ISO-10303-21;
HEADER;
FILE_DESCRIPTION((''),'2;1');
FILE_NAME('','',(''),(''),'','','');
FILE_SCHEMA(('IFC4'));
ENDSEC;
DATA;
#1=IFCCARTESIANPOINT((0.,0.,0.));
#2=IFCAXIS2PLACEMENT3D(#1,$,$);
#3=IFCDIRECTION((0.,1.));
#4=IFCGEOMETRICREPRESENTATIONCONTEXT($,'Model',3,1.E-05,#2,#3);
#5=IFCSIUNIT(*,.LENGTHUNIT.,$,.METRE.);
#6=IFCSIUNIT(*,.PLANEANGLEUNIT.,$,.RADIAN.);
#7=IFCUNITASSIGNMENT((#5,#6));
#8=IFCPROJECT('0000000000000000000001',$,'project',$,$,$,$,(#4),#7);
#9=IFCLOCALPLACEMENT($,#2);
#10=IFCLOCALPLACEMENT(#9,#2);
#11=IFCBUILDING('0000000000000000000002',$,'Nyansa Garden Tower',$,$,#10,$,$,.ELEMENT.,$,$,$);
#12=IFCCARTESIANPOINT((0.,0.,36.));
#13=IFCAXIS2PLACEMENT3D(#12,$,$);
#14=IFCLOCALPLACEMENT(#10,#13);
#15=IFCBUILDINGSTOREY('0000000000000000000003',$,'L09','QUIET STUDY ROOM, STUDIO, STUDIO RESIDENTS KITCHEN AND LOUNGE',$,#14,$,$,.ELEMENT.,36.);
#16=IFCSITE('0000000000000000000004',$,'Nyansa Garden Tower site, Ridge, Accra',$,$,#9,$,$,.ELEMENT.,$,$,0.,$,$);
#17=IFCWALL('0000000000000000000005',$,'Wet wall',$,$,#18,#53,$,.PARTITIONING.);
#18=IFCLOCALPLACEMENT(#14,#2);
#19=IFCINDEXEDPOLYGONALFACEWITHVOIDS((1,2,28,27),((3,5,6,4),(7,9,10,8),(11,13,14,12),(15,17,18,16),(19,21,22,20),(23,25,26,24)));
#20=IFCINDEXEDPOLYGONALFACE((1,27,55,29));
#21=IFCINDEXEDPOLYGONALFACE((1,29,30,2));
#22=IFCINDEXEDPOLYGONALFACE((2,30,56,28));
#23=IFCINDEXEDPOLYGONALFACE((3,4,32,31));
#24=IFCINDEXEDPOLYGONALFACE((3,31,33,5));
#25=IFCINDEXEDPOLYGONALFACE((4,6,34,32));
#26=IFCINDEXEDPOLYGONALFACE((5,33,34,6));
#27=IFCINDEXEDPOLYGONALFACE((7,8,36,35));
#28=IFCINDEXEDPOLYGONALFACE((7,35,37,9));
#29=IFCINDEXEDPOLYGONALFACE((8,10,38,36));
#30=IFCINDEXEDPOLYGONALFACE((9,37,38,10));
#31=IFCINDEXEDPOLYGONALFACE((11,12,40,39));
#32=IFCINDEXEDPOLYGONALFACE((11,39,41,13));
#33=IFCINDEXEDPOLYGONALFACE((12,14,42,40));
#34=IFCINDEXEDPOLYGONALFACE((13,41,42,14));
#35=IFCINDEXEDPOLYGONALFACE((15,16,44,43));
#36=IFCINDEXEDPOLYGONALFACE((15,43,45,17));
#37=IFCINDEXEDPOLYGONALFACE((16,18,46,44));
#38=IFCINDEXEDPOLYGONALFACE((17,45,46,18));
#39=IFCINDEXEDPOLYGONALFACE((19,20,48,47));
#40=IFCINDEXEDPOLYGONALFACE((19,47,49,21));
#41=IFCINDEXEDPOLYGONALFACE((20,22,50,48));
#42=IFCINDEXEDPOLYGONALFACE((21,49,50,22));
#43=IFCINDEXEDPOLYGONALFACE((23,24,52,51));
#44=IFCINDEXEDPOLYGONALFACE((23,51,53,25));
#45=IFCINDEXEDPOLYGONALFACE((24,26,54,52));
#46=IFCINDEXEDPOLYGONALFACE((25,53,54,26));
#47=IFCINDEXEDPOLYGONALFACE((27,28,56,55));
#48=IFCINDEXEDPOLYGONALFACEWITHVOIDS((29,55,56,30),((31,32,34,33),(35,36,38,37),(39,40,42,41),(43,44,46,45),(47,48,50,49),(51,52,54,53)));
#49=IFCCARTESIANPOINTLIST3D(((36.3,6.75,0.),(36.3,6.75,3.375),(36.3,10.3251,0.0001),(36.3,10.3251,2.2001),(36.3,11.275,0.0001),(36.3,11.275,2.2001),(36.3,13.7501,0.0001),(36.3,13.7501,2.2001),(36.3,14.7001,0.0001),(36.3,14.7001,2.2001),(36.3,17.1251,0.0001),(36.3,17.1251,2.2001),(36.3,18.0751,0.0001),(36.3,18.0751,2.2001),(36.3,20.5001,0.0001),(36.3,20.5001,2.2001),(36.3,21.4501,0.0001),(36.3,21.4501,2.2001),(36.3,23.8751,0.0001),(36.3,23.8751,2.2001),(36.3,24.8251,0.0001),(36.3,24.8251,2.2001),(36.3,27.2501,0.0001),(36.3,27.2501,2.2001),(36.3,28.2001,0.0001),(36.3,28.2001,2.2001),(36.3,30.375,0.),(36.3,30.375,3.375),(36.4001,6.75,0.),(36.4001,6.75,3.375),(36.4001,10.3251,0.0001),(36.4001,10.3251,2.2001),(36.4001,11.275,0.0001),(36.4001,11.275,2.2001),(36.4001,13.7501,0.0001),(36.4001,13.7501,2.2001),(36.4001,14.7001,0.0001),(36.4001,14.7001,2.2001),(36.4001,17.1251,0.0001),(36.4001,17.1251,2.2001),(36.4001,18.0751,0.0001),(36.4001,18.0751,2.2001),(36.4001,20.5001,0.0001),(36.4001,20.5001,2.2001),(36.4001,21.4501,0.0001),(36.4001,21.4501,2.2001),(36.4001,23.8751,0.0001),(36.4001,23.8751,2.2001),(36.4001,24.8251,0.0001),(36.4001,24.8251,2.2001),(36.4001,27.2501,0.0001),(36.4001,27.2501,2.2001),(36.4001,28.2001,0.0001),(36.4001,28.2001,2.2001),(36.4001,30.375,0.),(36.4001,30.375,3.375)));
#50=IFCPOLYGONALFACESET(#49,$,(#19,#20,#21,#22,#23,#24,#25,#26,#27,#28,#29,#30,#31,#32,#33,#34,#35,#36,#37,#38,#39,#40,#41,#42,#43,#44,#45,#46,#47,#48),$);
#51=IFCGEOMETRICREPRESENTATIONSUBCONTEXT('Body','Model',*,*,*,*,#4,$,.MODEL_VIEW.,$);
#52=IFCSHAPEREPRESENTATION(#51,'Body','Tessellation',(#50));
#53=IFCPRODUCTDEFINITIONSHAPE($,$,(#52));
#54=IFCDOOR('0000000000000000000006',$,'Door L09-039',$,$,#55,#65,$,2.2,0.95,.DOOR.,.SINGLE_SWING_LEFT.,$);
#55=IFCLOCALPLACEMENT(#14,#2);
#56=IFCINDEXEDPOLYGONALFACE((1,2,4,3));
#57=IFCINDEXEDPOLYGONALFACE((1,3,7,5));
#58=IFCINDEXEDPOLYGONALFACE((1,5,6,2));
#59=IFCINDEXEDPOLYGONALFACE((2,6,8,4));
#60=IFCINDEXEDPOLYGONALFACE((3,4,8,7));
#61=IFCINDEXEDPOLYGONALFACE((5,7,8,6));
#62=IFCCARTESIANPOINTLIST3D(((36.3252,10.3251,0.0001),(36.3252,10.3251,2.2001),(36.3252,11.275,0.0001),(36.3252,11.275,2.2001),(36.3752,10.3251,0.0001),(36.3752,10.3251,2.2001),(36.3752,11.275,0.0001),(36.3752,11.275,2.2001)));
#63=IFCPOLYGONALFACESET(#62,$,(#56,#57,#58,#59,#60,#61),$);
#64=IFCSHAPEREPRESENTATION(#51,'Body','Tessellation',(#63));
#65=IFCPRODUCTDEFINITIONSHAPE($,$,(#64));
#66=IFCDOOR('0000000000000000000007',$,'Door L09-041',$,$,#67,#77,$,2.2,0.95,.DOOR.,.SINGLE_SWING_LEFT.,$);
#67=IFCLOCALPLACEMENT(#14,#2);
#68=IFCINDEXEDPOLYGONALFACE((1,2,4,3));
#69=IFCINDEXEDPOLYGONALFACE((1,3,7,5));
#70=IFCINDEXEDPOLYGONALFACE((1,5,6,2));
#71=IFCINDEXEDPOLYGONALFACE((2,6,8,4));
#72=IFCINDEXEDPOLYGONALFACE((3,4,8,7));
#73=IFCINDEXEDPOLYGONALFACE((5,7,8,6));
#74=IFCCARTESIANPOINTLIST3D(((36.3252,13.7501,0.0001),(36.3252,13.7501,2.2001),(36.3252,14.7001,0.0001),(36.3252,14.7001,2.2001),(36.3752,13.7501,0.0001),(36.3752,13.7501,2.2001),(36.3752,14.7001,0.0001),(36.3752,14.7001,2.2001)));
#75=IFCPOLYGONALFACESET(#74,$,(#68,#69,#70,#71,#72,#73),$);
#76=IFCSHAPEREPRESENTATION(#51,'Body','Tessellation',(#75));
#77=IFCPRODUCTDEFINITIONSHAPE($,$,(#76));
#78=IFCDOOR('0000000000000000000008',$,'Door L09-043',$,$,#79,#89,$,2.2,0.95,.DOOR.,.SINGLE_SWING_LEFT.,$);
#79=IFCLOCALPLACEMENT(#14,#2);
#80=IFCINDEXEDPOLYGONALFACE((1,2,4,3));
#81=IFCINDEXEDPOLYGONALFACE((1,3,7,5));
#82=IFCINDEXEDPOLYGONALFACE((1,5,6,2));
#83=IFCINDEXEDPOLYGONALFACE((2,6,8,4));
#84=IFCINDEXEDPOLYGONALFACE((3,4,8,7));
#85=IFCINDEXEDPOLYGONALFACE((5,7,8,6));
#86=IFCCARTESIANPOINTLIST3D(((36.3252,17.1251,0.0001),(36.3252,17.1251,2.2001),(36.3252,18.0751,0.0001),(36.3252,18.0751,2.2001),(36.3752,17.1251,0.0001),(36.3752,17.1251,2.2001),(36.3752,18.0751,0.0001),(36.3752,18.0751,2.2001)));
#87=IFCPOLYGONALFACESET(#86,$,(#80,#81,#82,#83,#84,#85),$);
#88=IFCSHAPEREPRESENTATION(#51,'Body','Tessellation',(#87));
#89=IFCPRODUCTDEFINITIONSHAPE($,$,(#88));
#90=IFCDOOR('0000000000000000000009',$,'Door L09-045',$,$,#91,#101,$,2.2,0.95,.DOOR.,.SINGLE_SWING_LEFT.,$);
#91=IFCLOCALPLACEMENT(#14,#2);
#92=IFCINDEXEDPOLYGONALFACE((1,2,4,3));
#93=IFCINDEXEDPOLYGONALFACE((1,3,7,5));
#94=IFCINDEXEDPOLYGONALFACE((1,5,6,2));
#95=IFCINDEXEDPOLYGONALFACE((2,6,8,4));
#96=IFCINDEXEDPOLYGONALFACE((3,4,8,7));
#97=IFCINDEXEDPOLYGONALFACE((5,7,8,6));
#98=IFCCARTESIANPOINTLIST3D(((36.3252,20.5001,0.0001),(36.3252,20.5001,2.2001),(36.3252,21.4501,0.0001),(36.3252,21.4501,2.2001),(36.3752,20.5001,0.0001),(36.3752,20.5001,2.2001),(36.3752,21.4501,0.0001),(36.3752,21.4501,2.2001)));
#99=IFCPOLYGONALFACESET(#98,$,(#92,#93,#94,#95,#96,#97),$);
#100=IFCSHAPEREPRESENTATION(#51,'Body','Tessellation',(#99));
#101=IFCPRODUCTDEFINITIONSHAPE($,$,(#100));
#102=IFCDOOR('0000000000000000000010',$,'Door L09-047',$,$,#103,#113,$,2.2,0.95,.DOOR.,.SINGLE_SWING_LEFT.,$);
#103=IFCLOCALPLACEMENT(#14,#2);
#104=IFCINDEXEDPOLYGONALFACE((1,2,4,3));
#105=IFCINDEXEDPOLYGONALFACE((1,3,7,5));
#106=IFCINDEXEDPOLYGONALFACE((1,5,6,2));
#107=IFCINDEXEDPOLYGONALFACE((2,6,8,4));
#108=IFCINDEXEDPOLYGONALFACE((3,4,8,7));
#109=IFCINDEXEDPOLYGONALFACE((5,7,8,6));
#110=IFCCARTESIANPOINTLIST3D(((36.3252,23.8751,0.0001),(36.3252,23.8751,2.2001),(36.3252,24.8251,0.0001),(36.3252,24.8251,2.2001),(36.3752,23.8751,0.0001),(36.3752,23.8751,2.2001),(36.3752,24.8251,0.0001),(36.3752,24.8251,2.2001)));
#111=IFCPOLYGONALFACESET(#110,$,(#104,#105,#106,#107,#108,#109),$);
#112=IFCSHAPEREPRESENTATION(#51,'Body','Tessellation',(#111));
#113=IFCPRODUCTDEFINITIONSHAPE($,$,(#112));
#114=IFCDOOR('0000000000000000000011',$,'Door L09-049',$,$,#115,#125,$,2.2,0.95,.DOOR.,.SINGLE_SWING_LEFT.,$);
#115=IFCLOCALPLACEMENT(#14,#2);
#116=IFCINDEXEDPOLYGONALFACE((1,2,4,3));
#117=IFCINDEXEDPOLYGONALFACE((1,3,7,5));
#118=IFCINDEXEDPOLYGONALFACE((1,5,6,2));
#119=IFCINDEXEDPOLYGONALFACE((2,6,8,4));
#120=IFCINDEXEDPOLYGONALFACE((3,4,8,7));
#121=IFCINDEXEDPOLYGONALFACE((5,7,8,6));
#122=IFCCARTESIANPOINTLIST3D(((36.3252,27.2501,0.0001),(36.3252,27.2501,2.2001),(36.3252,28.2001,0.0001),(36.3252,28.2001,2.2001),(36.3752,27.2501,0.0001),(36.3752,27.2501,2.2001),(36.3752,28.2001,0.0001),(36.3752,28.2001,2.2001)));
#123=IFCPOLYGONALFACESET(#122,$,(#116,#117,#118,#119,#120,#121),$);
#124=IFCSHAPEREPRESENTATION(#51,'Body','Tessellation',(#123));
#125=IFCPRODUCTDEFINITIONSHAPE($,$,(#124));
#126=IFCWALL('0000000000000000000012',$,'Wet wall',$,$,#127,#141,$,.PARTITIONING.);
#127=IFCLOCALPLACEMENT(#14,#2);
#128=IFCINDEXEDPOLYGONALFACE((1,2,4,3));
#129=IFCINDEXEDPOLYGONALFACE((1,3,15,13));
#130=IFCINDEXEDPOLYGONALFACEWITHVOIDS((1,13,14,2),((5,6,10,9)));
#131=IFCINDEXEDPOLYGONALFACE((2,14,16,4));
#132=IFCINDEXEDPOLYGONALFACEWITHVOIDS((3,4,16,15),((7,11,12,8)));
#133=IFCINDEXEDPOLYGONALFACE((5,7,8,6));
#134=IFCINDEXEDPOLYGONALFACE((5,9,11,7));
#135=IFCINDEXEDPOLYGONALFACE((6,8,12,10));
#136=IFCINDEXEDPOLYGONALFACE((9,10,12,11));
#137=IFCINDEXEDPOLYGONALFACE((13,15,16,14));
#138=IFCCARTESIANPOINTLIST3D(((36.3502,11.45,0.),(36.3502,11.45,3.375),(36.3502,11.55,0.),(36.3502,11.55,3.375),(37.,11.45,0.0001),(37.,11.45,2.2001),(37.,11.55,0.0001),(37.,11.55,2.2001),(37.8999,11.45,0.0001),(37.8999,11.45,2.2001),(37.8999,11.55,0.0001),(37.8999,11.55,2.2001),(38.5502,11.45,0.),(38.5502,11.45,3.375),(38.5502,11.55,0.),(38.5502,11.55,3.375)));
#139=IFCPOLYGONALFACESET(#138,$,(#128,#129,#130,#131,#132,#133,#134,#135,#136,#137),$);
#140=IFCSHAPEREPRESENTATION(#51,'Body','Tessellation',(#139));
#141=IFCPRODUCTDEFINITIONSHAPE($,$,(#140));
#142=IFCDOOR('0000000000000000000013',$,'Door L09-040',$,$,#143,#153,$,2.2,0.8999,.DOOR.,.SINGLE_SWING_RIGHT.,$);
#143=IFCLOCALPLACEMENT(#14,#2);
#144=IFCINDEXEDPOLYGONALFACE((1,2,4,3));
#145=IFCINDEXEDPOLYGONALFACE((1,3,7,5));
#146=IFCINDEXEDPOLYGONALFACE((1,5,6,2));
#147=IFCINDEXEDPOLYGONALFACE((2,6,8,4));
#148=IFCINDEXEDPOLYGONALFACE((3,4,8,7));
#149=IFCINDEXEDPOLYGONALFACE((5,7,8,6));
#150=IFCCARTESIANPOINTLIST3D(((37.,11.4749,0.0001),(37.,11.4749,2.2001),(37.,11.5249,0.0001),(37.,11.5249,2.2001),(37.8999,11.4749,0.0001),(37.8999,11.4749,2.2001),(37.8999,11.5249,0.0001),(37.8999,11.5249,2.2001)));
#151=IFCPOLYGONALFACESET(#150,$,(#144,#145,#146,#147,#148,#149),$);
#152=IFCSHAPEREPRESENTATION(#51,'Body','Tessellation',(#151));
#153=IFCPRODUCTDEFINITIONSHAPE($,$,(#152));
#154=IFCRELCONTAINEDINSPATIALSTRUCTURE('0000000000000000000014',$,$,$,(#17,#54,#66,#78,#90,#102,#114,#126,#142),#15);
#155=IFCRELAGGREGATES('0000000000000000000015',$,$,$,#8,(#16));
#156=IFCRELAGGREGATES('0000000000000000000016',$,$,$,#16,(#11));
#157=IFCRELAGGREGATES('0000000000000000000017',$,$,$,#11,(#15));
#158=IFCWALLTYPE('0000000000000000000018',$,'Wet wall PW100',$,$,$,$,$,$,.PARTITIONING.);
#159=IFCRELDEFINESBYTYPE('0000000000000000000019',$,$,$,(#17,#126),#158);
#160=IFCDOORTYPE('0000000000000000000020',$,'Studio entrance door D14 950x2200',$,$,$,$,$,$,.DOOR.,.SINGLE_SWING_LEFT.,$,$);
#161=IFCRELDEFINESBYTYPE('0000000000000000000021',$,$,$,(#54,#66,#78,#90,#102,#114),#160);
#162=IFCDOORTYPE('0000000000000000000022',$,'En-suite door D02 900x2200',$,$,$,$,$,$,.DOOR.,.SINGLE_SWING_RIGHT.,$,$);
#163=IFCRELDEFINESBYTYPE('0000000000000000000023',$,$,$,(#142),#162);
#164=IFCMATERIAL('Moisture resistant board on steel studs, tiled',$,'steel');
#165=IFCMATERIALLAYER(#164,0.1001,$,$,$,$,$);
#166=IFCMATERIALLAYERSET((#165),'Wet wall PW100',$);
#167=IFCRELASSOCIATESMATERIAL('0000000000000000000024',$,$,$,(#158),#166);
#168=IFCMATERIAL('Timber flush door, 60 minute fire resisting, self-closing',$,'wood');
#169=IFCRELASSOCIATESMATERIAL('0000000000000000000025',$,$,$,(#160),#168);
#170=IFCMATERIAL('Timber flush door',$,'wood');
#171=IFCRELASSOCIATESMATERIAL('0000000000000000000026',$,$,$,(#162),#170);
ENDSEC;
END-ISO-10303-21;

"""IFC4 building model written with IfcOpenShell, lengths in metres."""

from ifc_helpers import new_model, si_unit, direction, frame, frame_2d, origin, place, context, subcontext, project, spatial, rectangle, extrude, material, layer, layer_set, type_object, element, fill, save


model = new_model("IFC4")

# Units and contexts
model_context = context("Model", 3, precision=1e-05, world=origin(), true_north=direction((0.0, 1.0)))
body_context = subcontext(model_context, "Body", "Model", "MODEL_VIEW")
ifc_project = project(units=[si_unit("LENGTHUNIT", "METRE"), si_unit("PLANEANGLEUNIT", "RADIAN")], contexts=[model_context])

# Site, building, storey
site_placement = place(None, origin())
site = spatial("IfcSite", under=ifc_project, at=site_placement, Name="Nyansa Garden Tower site, Ridge, Accra", CompositionType="ELEMENT", RefElevation=0.0)
building_placement = place(site_placement, origin())
building = spatial("IfcBuilding", under=site, at=building_placement, Name="Nyansa Garden Tower", CompositionType="ELEMENT")
storey_placement = place(building_placement, frame((0.0, 0.0, 36.0)))
storey = spatial("IfcBuildingStorey", under=building, at=storey_placement, Name="L09", Description="QUIET STUDY ROOM, STUDIO, STUDIO RESIDENTS KITCHEN AND LOUNGE", CompositionType="ELEMENT", Elevation=36.0)

# Wall, openings, doors
ifc_material_1 = material(Name="Moisture resistant board on steel studs, tiled", Category="steel")
ifc_layer_1 = layer(ifc_material_1, 0.1001)
ifc_layer_set_1 = layer_set([ifc_layer_1], Name="Wet wall PW100")
wall_type_1 = type_object("IfcWallType", Name="Wet wall PW100", PredefinedType="PARTITIONING", material=ifc_layer_set_1)
wall_1_placement = place(storey_placement, frame((36.3501, 6.75, 0.0), z_axis=(0.0, 0.0, 1.0), x_axis=(0.0, 1.0, 0.0)))
wall_1 = element("IfcWall", 1, at=wall_1_placement, inside=storey, type_object=wall_type_1, Name="Wet wall", PredefinedType="PARTITIONING", context=body_context, shape_type="SweptSolid", body=[
    extrude(rectangle(XDim=23.625, YDim=0.1001, at=frame_2d((11.8125, 0.0))), origin(), (0.0, 0.0, 1.0), 3.375),
])
opening_1_placement = place(wall_1_placement, frame((3.575, 0.0, 0.0)))
opening_1 = element("IfcOpeningElement", 2, at=opening_1_placement, cuts=wall_1, PredefinedType="OPENING", context=body_context, shape_type="SweptSolid", body=[
    extrude(rectangle(XDim=0.95, YDim=2.2, at=frame_2d((0.4751, 1.1001))), frame((0.0, 0.0601, 0.0), z_axis=(0.0, -1.0, 0.0), x_axis=(1.0, 0.0, 0.0)), (0.0, 0.0, 1.0), 0.1201),
])
opening_2_placement = place(wall_1_placement, frame((7.0, 0.0, 0.0)))
opening_2 = element("IfcOpeningElement", 3, at=opening_2_placement, cuts=wall_1, PredefinedType="OPENING", context=body_context, shape_type="SweptSolid", body=[
    extrude(rectangle(XDim=0.95, YDim=2.2, at=frame_2d((0.4751, 1.1001))), frame((0.0, 0.0601, 0.0), z_axis=(0.0, -1.0, 0.0), x_axis=(1.0, 0.0, 0.0)), (0.0, 0.0, 1.0), 0.1201),
])
opening_3_placement = place(wall_1_placement, frame((10.375, 0.0, 0.0)))
opening_3 = element("IfcOpeningElement", 4, at=opening_3_placement, cuts=wall_1, PredefinedType="OPENING", context=body_context, shape_type="SweptSolid", body=[
    extrude(rectangle(XDim=0.95, YDim=2.2, at=frame_2d((0.4751, 1.1001))), frame((0.0, 0.0601, 0.0), z_axis=(0.0, -1.0, 0.0), x_axis=(1.0, 0.0, 0.0)), (0.0, 0.0, 1.0), 0.1201),
])
opening_4_placement = place(wall_1_placement, frame((13.75, 0.0, 0.0)))
opening_4 = element("IfcOpeningElement", 5, at=opening_4_placement, cuts=wall_1, PredefinedType="OPENING", context=body_context, shape_type="SweptSolid", body=[
    extrude(rectangle(XDim=0.95, YDim=2.2, at=frame_2d((0.4751, 1.1001))), frame((0.0, 0.0601, 0.0), z_axis=(0.0, -1.0, 0.0), x_axis=(1.0, 0.0, 0.0)), (0.0, 0.0, 1.0), 0.1201),
])
opening_5_placement = place(wall_1_placement, frame((17.125, 0.0, 0.0)))
opening_5 = element("IfcOpeningElement", 6, at=opening_5_placement, cuts=wall_1, PredefinedType="OPENING", context=body_context, shape_type="SweptSolid", body=[
    extrude(rectangle(XDim=0.95, YDim=2.2, at=frame_2d((0.4751, 1.1001))), frame((0.0, 0.0601, 0.0), z_axis=(0.0, -1.0, 0.0), x_axis=(1.0, 0.0, 0.0)), (0.0, 0.0, 1.0), 0.1201),
])
opening_6_placement = place(wall_1_placement, frame((20.5, 0.0, 0.0)))
opening_6 = element("IfcOpeningElement", 7, at=opening_6_placement, cuts=wall_1, PredefinedType="OPENING", context=body_context, shape_type="SweptSolid", body=[
    extrude(rectangle(XDim=0.95, YDim=2.2, at=frame_2d((0.4751, 1.1001))), frame((0.0, 0.0601, 0.0), z_axis=(0.0, -1.0, 0.0), x_axis=(1.0, 0.0, 0.0)), (0.0, 0.0, 1.0), 0.1201),
])
ifc_material_2 = material(Name="Timber flush door, 60 minute fire resisting, self-closing", Category="wood")
door_type_1 = type_object("IfcDoorType", Name="Studio entrance door D14 950x2200", OperationType="SINGLE_SWING_LEFT", PredefinedType="DOOR", material=ifc_material_2)
door_1_placement = place(opening_1_placement, origin())
door_1 = element("IfcDoor", 8, at=door_1_placement, inside=storey, type_object=door_type_1, Name="Door L09-039", OperationType="SINGLE_SWING_LEFT", OverallHeight=2.2, OverallWidth=0.95, PredefinedType="DOOR", context=body_context, shape_type="SweptSolid", body=[
    extrude(rectangle(XDim=0.95, YDim=2.2, at=frame_2d((0.4751, 1.1001))), frame((0.0, 0.0249, 0.0), z_axis=(0.0, -1.0, 0.0), x_axis=(1.0, 0.0, 0.0)), (0.0, 0.0, 1.0), 0.05),
])
fill(opening_1, door_1)
door_2_placement = place(opening_2_placement, origin())
door_2 = element("IfcDoor", 9, at=door_2_placement, inside=storey, type_object=door_type_1, Name="Door L09-041", OperationType="SINGLE_SWING_LEFT", OverallHeight=2.2, OverallWidth=0.95, PredefinedType="DOOR", context=body_context, shape_type="SweptSolid", body=[
    extrude(rectangle(XDim=0.95, YDim=2.2, at=frame_2d((0.4751, 1.1001))), frame((0.0, 0.0249, 0.0), z_axis=(0.0, -1.0, 0.0), x_axis=(1.0, 0.0, 0.0)), (0.0, 0.0, 1.0), 0.05),
])
fill(opening_2, door_2)
door_3_placement = place(opening_3_placement, origin())
door_3 = element("IfcDoor", 10, at=door_3_placement, inside=storey, type_object=door_type_1, Name="Door L09-043", OperationType="SINGLE_SWING_LEFT", OverallHeight=2.2, OverallWidth=0.95, PredefinedType="DOOR", context=body_context, shape_type="SweptSolid", body=[
    extrude(rectangle(XDim=0.95, YDim=2.2, at=frame_2d((0.4751, 1.1001))), frame((0.0, 0.0249, 0.0), z_axis=(0.0, -1.0, 0.0), x_axis=(1.0, 0.0, 0.0)), (0.0, 0.0, 1.0), 0.05),
])
fill(opening_3, door_3)
door_4_placement = place(opening_4_placement, origin())
door_4 = element("IfcDoor", 11, at=door_4_placement, inside=storey, type_object=door_type_1, Name="Door L09-045", OperationType="SINGLE_SWING_LEFT", OverallHeight=2.2, OverallWidth=0.95, PredefinedType="DOOR", context=body_context, shape_type="SweptSolid", body=[
    extrude(rectangle(XDim=0.95, YDim=2.2, at=frame_2d((0.4751, 1.1001))), frame((0.0, 0.0249, 0.0), z_axis=(0.0, -1.0, 0.0), x_axis=(1.0, 0.0, 0.0)), (0.0, 0.0, 1.0), 0.05),
])
fill(opening_4, door_4)
door_5_placement = place(opening_5_placement, origin())
door_5 = element("IfcDoor", 12, at=door_5_placement, inside=storey, type_object=door_type_1, Name="Door L09-047", OperationType="SINGLE_SWING_LEFT", OverallHeight=2.2, OverallWidth=0.95, PredefinedType="DOOR", context=body_context, shape_type="SweptSolid", body=[
    extrude(rectangle(XDim=0.95, YDim=2.2, at=frame_2d((0.4751, 1.1001))), frame((0.0, 0.0249, 0.0), z_axis=(0.0, -1.0, 0.0), x_axis=(1.0, 0.0, 0.0)), (0.0, 0.0, 1.0), 0.05),
])
fill(opening_5, door_5)
door_6_placement = place(opening_6_placement, origin())
door_6 = element("IfcDoor", 13, at=door_6_placement, inside=storey, type_object=door_type_1, Name="Door L09-049", OperationType="SINGLE_SWING_LEFT", OverallHeight=2.2, OverallWidth=0.95, PredefinedType="DOOR", context=body_context, shape_type="SweptSolid", body=[
    extrude(rectangle(XDim=0.95, YDim=2.2, at=frame_2d((0.4751, 1.1001))), frame((0.0, 0.0249, 0.0), z_axis=(0.0, -1.0, 0.0), x_axis=(1.0, 0.0, 0.0)), (0.0, 0.0, 1.0), 0.05),
])
fill(opening_6, door_6)

# Wall, opening, door
wall_2_placement = place(storey_placement, frame((36.3501, 11.5, 0.0), z_axis=(0.0, 0.0, 1.0), x_axis=(1.0, 0.0, 0.0)))
wall_2 = element("IfcWall", 14, at=wall_2_placement, inside=storey, type_object=wall_type_1, Name="Wet wall", PredefinedType="PARTITIONING", context=body_context, shape_type="SweptSolid", body=[
    extrude(rectangle(XDim=2.2, YDim=0.1001, at=frame_2d((1.1001, 0.0))), origin(), (0.0, 0.0, 1.0), 3.375),
])
opening_7_placement = place(wall_2_placement, frame((0.6499, 0.0, 0.0)))
opening_7 = element("IfcOpeningElement", 15, at=opening_7_placement, cuts=wall_2, PredefinedType="OPENING", context=body_context, shape_type="SweptSolid", body=[
    extrude(rectangle(XDim=0.8999, YDim=2.2, at=frame_2d((0.45, 1.1001))), frame((0.0, 0.0601, 0.0), z_axis=(0.0, -1.0, 0.0), x_axis=(1.0, 0.0, 0.0)), (0.0, 0.0, 1.0), 0.1201),
])
ifc_material_3 = material(Name="Timber flush door", Category="wood")
door_type_2 = type_object("IfcDoorType", Name="En-suite door D02 900x2200", OperationType="SINGLE_SWING_RIGHT", PredefinedType="DOOR", material=ifc_material_3)
door_7_placement = place(opening_7_placement, origin())
door_7 = element("IfcDoor", 16, at=door_7_placement, inside=storey, type_object=door_type_2, Name="Door L09-040", OperationType="SINGLE_SWING_RIGHT", OverallHeight=2.2, OverallWidth=0.8999, PredefinedType="DOOR", context=body_context, shape_type="SweptSolid", body=[
    extrude(rectangle(XDim=0.8999, YDim=2.2, at=frame_2d((0.45, 1.1001))), frame((0.0, 0.0249, 0.0), z_axis=(0.0, -1.0, 0.0), x_axis=(1.0, 0.0, 0.0)), (0.0, 0.0, 1.0), 0.05),
])
fill(opening_7, door_7)

save(model, "model.ifc")
